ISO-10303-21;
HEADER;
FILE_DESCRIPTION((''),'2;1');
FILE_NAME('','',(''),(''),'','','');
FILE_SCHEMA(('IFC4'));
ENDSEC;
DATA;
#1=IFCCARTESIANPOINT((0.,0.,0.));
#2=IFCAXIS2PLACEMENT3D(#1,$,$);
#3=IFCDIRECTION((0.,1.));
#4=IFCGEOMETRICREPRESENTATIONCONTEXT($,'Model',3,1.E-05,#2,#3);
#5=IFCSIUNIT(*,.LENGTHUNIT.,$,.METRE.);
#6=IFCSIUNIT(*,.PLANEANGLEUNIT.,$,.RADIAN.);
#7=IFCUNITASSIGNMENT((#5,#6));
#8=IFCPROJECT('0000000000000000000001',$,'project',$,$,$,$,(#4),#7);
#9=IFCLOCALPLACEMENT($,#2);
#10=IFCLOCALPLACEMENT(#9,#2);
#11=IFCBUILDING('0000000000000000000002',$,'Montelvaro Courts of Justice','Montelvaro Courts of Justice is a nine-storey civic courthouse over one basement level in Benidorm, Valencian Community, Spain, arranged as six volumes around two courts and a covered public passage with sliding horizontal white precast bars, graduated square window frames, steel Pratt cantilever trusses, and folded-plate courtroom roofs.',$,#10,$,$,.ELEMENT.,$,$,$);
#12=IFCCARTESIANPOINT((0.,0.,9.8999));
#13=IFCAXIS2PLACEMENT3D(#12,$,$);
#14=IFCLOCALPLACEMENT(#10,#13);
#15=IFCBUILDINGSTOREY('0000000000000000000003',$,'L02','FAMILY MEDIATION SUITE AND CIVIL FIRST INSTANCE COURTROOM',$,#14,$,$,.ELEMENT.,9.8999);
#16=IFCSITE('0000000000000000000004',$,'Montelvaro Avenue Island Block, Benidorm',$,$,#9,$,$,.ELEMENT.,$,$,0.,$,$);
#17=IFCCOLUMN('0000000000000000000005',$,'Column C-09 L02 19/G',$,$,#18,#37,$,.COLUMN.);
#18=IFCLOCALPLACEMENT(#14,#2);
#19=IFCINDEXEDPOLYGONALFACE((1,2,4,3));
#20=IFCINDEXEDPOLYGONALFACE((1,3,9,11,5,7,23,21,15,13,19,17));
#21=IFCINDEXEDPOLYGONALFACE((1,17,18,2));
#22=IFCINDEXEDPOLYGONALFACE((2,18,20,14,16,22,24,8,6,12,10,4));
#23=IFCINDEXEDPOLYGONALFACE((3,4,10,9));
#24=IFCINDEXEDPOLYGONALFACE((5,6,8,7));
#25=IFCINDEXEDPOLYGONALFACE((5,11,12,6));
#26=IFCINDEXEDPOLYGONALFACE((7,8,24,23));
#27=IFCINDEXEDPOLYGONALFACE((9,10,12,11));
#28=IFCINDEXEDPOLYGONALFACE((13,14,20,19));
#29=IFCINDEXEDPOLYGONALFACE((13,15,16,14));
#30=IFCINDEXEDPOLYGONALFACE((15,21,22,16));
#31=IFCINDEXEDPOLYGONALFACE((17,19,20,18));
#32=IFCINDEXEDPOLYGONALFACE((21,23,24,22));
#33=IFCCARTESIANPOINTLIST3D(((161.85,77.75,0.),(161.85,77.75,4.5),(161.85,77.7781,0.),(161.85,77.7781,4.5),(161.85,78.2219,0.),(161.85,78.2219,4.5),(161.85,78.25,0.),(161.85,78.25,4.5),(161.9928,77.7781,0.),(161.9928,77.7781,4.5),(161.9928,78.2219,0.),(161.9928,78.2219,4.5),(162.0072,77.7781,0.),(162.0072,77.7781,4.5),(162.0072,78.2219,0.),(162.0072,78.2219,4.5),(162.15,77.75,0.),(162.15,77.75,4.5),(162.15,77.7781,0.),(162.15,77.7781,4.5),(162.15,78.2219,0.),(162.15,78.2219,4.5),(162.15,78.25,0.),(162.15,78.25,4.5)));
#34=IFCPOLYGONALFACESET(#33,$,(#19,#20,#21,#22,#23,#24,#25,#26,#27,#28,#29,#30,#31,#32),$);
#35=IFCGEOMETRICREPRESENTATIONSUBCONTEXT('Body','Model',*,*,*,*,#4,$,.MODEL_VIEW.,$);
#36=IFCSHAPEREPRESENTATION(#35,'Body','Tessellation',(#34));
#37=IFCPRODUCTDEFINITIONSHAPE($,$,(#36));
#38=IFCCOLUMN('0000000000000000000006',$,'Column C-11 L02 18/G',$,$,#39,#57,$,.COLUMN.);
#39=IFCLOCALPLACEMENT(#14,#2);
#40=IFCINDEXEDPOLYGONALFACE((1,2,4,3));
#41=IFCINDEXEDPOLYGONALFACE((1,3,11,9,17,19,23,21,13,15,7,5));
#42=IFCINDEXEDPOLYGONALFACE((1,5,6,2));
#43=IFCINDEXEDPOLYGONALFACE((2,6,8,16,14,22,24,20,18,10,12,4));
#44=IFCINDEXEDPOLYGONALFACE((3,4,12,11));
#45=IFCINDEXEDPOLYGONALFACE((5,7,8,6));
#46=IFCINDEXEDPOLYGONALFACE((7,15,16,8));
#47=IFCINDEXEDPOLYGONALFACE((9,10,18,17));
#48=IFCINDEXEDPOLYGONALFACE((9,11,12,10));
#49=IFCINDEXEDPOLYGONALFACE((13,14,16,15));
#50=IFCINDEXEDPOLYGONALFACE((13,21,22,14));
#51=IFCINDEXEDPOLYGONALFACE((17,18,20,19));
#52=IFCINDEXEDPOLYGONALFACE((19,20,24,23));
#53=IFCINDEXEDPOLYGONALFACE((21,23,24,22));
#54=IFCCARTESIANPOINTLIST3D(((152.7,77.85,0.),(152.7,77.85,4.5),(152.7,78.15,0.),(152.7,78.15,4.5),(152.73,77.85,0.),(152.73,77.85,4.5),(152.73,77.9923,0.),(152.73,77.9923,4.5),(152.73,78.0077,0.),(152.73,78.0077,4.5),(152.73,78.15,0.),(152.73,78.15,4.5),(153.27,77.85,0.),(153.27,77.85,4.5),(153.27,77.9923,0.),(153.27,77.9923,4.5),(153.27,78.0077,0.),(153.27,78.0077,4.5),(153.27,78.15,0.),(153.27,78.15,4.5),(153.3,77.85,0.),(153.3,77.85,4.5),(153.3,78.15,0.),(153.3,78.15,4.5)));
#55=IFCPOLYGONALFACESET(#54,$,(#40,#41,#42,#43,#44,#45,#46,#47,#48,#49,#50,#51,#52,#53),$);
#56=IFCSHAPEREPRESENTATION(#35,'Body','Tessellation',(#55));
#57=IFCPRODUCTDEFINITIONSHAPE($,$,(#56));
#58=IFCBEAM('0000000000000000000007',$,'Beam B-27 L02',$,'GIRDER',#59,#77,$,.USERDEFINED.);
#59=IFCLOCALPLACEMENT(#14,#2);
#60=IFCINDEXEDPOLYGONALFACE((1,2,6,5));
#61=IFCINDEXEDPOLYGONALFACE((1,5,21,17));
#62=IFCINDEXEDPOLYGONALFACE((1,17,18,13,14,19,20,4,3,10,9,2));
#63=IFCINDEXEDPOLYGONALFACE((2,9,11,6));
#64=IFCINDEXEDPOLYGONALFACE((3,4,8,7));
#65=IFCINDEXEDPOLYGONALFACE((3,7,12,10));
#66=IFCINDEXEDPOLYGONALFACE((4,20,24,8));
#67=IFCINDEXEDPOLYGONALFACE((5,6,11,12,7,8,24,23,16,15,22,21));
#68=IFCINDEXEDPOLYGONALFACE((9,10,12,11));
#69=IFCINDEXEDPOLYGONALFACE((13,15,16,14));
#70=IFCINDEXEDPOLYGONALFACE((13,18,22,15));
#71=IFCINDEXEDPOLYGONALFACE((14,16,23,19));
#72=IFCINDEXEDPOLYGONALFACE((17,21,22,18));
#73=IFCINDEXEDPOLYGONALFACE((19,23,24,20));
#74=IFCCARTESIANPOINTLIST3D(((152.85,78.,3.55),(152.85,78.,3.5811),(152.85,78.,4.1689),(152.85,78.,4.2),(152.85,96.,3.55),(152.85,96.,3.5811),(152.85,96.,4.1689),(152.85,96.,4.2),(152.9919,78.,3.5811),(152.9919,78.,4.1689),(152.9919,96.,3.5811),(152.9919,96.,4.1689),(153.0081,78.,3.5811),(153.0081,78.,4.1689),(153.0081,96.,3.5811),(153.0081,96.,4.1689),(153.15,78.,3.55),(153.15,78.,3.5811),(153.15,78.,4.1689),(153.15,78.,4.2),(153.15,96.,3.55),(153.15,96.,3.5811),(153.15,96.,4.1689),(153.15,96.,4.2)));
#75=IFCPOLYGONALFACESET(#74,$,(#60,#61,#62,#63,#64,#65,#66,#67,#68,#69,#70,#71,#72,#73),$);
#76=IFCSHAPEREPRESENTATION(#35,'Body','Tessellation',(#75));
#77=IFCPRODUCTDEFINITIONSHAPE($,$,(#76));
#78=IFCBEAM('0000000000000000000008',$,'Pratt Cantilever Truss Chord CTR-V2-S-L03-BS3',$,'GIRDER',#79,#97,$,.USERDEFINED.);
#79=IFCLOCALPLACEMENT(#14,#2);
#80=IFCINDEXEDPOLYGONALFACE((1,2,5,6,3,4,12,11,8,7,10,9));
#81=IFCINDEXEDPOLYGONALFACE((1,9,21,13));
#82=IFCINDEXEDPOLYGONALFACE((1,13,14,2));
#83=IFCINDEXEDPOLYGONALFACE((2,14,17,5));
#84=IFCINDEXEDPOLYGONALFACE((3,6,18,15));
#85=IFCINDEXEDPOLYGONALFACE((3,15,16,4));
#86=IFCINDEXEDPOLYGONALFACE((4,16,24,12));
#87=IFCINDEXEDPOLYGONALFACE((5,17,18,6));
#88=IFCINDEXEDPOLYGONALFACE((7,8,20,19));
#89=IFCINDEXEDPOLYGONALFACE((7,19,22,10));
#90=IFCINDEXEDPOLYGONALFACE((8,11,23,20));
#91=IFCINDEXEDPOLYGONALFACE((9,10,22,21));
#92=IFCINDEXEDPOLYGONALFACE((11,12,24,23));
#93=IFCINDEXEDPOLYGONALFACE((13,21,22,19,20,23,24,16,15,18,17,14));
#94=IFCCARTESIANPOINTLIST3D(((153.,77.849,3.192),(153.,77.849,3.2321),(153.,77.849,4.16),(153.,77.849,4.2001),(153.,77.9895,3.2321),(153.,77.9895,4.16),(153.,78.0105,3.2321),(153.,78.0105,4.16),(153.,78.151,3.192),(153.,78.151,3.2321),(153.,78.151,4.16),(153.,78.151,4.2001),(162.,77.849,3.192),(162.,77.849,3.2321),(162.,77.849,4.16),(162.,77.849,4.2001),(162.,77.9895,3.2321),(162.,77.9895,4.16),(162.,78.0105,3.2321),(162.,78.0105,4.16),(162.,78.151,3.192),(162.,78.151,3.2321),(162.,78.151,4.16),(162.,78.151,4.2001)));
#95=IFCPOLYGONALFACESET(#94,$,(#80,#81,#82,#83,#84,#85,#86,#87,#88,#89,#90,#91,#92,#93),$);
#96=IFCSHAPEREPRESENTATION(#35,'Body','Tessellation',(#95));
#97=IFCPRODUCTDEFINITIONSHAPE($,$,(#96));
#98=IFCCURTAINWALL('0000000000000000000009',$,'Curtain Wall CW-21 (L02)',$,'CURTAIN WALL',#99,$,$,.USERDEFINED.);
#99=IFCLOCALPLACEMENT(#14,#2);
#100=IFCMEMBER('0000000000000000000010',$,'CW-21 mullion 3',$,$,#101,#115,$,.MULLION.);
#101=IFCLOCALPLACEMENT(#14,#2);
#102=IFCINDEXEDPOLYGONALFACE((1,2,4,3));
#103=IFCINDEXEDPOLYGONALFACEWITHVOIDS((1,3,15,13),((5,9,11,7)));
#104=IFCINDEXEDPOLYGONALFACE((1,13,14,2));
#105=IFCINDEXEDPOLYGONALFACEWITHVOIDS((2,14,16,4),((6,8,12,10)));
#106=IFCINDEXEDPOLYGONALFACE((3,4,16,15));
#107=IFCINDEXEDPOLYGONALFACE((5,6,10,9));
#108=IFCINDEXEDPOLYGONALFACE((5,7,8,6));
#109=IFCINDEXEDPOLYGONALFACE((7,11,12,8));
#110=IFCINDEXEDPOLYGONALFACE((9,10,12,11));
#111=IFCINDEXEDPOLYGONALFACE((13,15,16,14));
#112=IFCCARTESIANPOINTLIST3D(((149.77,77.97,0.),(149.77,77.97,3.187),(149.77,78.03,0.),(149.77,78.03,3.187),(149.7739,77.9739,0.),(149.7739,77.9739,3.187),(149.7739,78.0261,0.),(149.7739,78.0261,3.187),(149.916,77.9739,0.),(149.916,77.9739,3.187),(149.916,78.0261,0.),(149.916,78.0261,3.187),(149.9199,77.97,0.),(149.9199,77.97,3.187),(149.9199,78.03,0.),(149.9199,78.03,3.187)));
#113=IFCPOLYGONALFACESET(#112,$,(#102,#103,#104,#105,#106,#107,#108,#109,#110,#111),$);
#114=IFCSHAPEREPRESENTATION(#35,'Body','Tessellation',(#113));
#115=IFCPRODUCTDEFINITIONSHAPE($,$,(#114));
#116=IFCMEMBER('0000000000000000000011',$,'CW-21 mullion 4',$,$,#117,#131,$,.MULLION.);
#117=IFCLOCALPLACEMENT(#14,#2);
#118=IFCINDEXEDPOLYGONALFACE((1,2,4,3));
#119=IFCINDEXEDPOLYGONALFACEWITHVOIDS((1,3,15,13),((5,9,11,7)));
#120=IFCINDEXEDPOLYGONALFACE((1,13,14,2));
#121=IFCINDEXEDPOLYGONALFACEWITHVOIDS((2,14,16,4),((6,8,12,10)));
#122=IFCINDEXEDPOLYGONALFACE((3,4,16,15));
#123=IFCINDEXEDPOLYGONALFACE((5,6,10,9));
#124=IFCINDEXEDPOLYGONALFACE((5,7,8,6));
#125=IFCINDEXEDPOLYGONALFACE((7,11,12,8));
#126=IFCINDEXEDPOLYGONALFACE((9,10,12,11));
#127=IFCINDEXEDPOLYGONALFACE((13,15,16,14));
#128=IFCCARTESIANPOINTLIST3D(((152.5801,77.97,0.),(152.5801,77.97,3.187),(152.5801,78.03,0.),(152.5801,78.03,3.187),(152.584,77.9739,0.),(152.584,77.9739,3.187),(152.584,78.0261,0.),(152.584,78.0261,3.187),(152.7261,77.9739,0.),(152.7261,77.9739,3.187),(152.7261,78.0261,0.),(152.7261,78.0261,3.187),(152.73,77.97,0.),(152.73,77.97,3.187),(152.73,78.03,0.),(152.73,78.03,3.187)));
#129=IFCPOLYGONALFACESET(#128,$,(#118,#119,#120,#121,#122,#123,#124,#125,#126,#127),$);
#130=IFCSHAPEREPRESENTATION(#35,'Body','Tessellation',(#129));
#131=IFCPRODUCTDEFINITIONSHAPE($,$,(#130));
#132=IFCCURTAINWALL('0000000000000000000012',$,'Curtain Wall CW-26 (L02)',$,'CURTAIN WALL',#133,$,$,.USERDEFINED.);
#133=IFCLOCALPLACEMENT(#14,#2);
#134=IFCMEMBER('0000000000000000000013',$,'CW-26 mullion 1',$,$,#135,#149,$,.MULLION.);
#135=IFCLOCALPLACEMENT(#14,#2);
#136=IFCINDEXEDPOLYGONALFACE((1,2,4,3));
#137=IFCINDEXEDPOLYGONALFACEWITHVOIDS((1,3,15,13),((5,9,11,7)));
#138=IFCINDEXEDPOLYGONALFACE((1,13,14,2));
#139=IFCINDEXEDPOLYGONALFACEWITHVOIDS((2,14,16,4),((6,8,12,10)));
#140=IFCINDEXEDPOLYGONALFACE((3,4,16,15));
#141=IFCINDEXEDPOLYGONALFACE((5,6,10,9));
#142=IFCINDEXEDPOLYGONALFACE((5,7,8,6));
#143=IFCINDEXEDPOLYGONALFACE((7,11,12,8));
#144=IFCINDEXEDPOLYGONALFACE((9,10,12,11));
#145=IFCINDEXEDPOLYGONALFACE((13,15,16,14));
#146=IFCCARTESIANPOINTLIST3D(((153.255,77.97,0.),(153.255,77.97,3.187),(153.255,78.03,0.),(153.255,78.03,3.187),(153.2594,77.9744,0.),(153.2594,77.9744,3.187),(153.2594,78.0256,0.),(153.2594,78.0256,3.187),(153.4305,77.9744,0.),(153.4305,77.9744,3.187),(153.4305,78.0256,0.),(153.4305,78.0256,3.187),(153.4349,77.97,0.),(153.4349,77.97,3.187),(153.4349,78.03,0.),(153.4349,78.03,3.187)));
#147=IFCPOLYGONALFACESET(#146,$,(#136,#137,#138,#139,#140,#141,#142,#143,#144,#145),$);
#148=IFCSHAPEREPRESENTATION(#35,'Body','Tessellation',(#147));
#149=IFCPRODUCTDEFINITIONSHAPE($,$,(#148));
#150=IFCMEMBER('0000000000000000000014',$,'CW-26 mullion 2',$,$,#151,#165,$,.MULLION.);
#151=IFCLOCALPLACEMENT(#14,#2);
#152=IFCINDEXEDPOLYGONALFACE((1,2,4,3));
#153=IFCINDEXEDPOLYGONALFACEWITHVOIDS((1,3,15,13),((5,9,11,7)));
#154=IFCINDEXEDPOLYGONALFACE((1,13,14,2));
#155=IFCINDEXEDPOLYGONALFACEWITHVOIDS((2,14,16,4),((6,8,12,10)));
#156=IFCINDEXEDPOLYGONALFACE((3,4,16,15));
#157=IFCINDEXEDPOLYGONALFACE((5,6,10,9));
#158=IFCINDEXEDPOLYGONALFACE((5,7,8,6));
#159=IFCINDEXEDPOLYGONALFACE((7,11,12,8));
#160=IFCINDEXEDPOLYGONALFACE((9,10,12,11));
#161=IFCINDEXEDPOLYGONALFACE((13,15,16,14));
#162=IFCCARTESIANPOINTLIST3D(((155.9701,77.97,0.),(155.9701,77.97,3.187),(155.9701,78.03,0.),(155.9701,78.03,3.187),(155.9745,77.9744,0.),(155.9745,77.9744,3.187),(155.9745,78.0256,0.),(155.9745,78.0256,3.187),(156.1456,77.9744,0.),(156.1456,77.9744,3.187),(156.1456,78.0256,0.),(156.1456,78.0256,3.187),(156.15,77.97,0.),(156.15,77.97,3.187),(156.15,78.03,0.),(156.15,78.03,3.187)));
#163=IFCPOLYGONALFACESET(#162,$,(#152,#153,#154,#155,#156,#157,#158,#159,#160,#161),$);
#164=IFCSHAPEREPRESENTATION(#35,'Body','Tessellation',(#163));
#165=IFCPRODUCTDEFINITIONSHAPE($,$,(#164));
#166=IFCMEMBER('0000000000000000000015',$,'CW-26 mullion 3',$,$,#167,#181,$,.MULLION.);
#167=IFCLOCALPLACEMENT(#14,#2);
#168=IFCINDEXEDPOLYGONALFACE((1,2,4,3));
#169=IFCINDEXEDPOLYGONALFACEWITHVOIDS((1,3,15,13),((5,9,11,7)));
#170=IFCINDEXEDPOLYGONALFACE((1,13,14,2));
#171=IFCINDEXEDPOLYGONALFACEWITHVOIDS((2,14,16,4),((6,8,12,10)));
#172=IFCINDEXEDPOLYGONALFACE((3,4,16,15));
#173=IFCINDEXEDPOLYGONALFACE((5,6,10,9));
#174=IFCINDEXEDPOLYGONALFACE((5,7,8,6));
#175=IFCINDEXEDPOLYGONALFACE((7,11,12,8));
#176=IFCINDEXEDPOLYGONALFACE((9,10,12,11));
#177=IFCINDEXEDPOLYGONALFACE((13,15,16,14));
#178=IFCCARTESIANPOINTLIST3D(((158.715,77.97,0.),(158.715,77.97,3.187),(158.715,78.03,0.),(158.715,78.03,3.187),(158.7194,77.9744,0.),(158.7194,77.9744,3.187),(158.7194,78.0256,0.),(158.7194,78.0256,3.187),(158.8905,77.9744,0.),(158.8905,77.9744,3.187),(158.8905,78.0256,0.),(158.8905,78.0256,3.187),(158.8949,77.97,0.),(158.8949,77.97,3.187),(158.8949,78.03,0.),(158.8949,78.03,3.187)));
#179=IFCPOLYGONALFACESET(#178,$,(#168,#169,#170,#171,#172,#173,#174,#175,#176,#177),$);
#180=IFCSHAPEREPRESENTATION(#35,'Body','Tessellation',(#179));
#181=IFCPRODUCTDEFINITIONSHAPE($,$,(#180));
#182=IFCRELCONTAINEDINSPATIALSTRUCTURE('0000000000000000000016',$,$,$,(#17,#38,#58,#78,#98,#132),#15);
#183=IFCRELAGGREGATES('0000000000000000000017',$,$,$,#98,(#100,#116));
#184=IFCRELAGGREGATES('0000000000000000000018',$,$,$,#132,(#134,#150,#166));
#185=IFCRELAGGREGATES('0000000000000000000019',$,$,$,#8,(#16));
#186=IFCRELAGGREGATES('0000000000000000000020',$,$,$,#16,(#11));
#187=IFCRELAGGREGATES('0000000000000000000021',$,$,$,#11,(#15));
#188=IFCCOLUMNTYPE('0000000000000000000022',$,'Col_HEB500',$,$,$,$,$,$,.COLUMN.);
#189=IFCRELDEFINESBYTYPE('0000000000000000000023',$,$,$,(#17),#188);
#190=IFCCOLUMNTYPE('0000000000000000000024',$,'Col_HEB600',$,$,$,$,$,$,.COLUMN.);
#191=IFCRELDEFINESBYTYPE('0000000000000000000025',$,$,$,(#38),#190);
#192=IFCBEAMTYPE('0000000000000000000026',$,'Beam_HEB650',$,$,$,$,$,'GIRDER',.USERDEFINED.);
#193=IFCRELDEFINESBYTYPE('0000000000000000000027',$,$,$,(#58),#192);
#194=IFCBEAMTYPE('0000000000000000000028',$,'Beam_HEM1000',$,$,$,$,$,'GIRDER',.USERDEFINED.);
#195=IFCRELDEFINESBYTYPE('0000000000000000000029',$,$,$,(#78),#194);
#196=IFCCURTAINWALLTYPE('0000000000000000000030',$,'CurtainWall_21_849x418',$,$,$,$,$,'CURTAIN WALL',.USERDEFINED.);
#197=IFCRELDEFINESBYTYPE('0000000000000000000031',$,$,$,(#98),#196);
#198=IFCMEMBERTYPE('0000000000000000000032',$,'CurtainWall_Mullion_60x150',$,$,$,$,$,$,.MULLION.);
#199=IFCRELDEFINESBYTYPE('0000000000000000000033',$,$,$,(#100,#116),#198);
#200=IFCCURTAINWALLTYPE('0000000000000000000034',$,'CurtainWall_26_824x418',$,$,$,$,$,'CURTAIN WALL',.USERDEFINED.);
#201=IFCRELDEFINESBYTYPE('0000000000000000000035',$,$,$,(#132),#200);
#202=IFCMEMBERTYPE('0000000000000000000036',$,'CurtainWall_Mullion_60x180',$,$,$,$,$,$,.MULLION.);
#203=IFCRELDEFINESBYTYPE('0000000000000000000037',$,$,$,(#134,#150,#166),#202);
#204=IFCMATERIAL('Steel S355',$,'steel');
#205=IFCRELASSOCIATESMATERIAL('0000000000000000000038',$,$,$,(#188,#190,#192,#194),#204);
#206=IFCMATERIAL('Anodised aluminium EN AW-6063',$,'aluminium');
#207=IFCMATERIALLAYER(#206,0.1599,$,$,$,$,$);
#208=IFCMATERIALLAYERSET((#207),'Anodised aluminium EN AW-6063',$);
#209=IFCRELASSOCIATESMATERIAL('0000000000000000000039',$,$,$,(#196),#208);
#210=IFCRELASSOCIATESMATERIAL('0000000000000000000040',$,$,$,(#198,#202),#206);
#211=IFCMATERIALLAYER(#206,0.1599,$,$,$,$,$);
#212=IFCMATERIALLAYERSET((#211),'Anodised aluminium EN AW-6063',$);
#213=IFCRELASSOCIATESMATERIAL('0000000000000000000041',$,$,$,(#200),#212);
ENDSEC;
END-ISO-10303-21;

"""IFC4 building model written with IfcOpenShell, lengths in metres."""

from ifc_helpers import new_model, si_unit, direction, frame, origin, origin_2d, place, context, subcontext, project, spatial, hollow_rectangle, i_section, extrude, material, layer, layer_set, material_profile, profile_set, type_object, element, aggregate, save


model = new_model("IFC4")

# Units and contexts
model_context = context("Model", 3, precision=1e-05, world=origin(), true_north=direction((0.0, 1.0)))
body_context = subcontext(model_context, "Body", "Model", "MODEL_VIEW")
ifc_project = project(units=[si_unit("LENGTHUNIT", "METRE"), si_unit("PLANEANGLEUNIT", "RADIAN")], contexts=[model_context])

# Site, building, storey
site_placement = place(None, origin())
site = spatial("IfcSite", under=ifc_project, at=site_placement, Name="Montelvaro Avenue Island Block, Benidorm", CompositionType="ELEMENT", RefElevation=0.0)
building_placement = place(site_placement, origin())
building = spatial("IfcBuilding", under=site, at=building_placement, Name="Montelvaro Courts of Justice", Description="Montelvaro Courts of Justice is a nine-storey civic courthouse over one basement level in Benidorm, Valencian Community, Spain, arranged as six volumes around two courts and a covered public passage with sliding horizontal white precast bars, graduated square window frames, steel Pratt cantilever trusses, and folded-plate courtroom roofs.", CompositionType="ELEMENT")
storey_placement = place(building_placement, frame((0.0, 0.0, 9.8999)))
storey = spatial("IfcBuildingStorey", under=building, at=storey_placement, Name="L02", Description="FAMILY MEDIATION SUITE AND CIVIL FIRST INSTANCE COURTROOM", CompositionType="ELEMENT", Elevation=9.8999)

# Columns
ifc_material_1 = material(Name="Steel S355", Category="steel")
ifc_material_profile_1 = material_profile(ifc_material_1, i_section(OverallWidth=0.3, OverallDepth=0.5, WebThickness=0.0144, FlangeThickness=0.0281, at=origin_2d()), Name="HEB 500")
ifc_profile_set_1 = profile_set([ifc_material_profile_1], Name="Steel S355")
column_type_1 = type_object("IfcColumnType", Name="Col_HEB500", PredefinedType="COLUMN", material=ifc_profile_set_1)
column_1_placement = place(storey_placement, frame((162.0, 78.0, 0.0), z_axis=(0.0, 0.0, 1.0), x_axis=(1.0, 0.0, 0.0)))
element("IfcColumn", 1, at=column_1_placement, inside=storey, type_object=column_type_1, Name="Column C-09 L02 19/G", PredefinedType="COLUMN", context=body_context, shape_type="SweptSolid", body=[
    extrude(i_section(OverallWidth=0.3, OverallDepth=0.5, WebThickness=0.0144, FlangeThickness=0.0281, at=origin_2d()), origin(), (0.0, 0.0, 1.0), 4.5),
])
ifc_material_profile_2 = material_profile(ifc_material_1, i_section(OverallWidth=0.3, OverallDepth=0.6001, WebThickness=0.0154, FlangeThickness=0.03, at=origin_2d()), Name="HEB 600")
ifc_profile_set_2 = profile_set([ifc_material_profile_2], Name="Steel S355")
column_type_2 = type_object("IfcColumnType", Name="Col_HEB600", PredefinedType="COLUMN", material=ifc_profile_set_2)
column_2_placement = place(storey_placement, frame((153.0, 78.0, 0.0), z_axis=(0.0, 0.0, 1.0), x_axis=(0.0, 1.0, 0.0)))
element("IfcColumn", 2, at=column_2_placement, inside=storey, type_object=column_type_2, Name="Column C-11 L02 18/G", PredefinedType="COLUMN", context=body_context, shape_type="SweptSolid", body=[
    extrude(i_section(OverallWidth=0.3, OverallDepth=0.6001, WebThickness=0.0154, FlangeThickness=0.03, at=origin_2d()), origin(), (0.0, 0.0, 1.0), 4.5),
])

# Beams
ifc_material_profile_3 = material_profile(ifc_material_1, i_section(OverallWidth=0.3, OverallDepth=0.6499, WebThickness=0.0161, FlangeThickness=0.031, at=origin_2d()), Name="HEB 650")
ifc_profile_set_3 = profile_set([ifc_material_profile_3], Name="Steel S355")
beam_type_1 = type_object("IfcBeamType", Name="Beam_HEB650", ElementType="GIRDER", PredefinedType="USERDEFINED", material=ifc_profile_set_3)
beam_1_placement = place(storey_placement, frame((153.0, 78.0, 3.875), z_axis=(0.0, 1.0, 0.0), x_axis=(-1.0, 0.0, 0.0)))
element("IfcBeam", 3, at=beam_1_placement, inside=storey, type_object=beam_type_1, Name="Beam B-27 L02", ObjectType="GIRDER", PredefinedType="USERDEFINED", context=body_context, shape_type="SweptSolid", body=[
    extrude(i_section(OverallWidth=0.3, OverallDepth=0.6499, WebThickness=0.0161, FlangeThickness=0.031, at=origin_2d()), origin(), (0.0, 0.0, 1.0), 18.0),
])
ifc_material_profile_4 = material_profile(ifc_material_1, i_section(OverallWidth=0.302, OverallDepth=1.0081, WebThickness=0.021, FlangeThickness=0.04, at=origin_2d()), Name="HEM 1000")
ifc_profile_set_4 = profile_set([ifc_material_profile_4], Name="Steel S355")
beam_type_2 = type_object("IfcBeamType", Name="Beam_HEM1000", ElementType="GIRDER", PredefinedType="USERDEFINED", material=ifc_profile_set_4)
beam_2_placement = place(storey_placement, frame((153.0, 78.0, 3.696), z_axis=(1.0, 0.0, 0.0), x_axis=(0.0, 1.0, 0.0)))
element("IfcBeam", 4, at=beam_2_placement, inside=storey, type_object=beam_type_2, Name="Pratt Cantilever Truss Chord CTR-V2-S-L03-BS3", ObjectType="GIRDER", PredefinedType="USERDEFINED", context=body_context, shape_type="SweptSolid", body=[
    extrude(i_section(OverallWidth=0.302, OverallDepth=1.0081, WebThickness=0.021, FlangeThickness=0.04, at=origin_2d()), origin(), (0.0, 0.0, 1.0), 9.0),
])

# Curtain walls, members
ifc_material_2 = material(Name="Anodised aluminium EN AW-6063", Category="aluminium")
ifc_layer_1 = layer(ifc_material_2, 0.1599)
ifc_layer_set_1 = layer_set([ifc_layer_1], Name="Anodised aluminium EN AW-6063")
curtain_wall_type_1 = type_object("IfcCurtainWallType", Name="CurtainWall_21_849x418", ElementType="CURTAIN WALL", PredefinedType="USERDEFINED", material=ifc_layer_set_1)
curtain_wall_1_placement = place(storey_placement, origin())
curtain_wall_1 = element("IfcCurtainWall", 5, at=curtain_wall_1_placement, inside=storey, type_object=curtain_wall_type_1, Name="Curtain Wall CW-21 (L02)", ObjectType="CURTAIN WALL", PredefinedType="USERDEFINED")
ifc_material_profile_5 = material_profile(ifc_material_2, hollow_rectangle(XDim=0.0601, YDim=0.1499, WallThickness=0.0039, at=origin_2d()), Name="ALU-M 60x150")
ifc_profile_set_5 = profile_set([ifc_material_profile_5], Name="Anodised aluminium EN AW-6063")
member_type_1 = type_object("IfcMemberType", Name="CurtainWall_Mullion_60x150", PredefinedType="MULLION", material=ifc_profile_set_5)
member_1_placement = place(storey_placement, frame((149.845, 78.0, 0.0), z_axis=(0.0, 0.0, 1.0), x_axis=(0.0, 1.0, 0.0)))
member_1 = element("IfcMember", 6, at=member_1_placement, type_object=member_type_1, Name="CW-21 mullion 3", PredefinedType="MULLION", context=body_context, shape_type="SweptSolid", body=[
    extrude(hollow_rectangle(XDim=0.0601, YDim=0.1499, WallThickness=0.0039, at=origin_2d()), origin(), (0.0, 0.0, 1.0), 3.187),
])
member_2_placement = place(storey_placement, frame((152.655, 78.0, 0.0), z_axis=(0.0, 0.0, 1.0), x_axis=(0.0, 1.0, 0.0)))
member_2 = element("IfcMember", 7, at=member_2_placement, type_object=member_type_1, Name="CW-21 mullion 4", PredefinedType="MULLION", context=body_context, shape_type="SweptSolid", body=[
    extrude(hollow_rectangle(XDim=0.0601, YDim=0.1499, WallThickness=0.0039, at=origin_2d()), origin(), (0.0, 0.0, 1.0), 3.187),
])
ifc_layer_2 = layer(ifc_material_2, 0.1599)
ifc_layer_set_2 = layer_set([ifc_layer_2], Name="Anodised aluminium EN AW-6063")
curtain_wall_type_2 = type_object("IfcCurtainWallType", Name="CurtainWall_26_824x418", ElementType="CURTAIN WALL", PredefinedType="USERDEFINED", material=ifc_layer_set_2)
curtain_wall_2_placement = place(storey_placement, origin())
curtain_wall_2 = element("IfcCurtainWall", 8, at=curtain_wall_2_placement, inside=storey, type_object=curtain_wall_type_2, Name="Curtain Wall CW-26 (L02)", ObjectType="CURTAIN WALL", PredefinedType="USERDEFINED")
ifc_material_profile_6 = material_profile(ifc_material_2, hollow_rectangle(XDim=0.0601, YDim=0.1799, WallThickness=0.0044, at=origin_2d()), Name="ALU-M 60x180")
ifc_profile_set_6 = profile_set([ifc_material_profile_6], Name="Anodised aluminium EN AW-6063")
member_type_2 = type_object("IfcMemberType", Name="CurtainWall_Mullion_60x180", PredefinedType="MULLION", material=ifc_profile_set_6)
member_3_placement = place(storey_placement, frame((153.345, 78.0, 0.0), z_axis=(0.0, 0.0, 1.0), x_axis=(0.0, 1.0, 0.0)))
member_3 = element("IfcMember", 9, at=member_3_placement, type_object=member_type_2, Name="CW-26 mullion 1", PredefinedType="MULLION", context=body_context, shape_type="SweptSolid", body=[
    extrude(hollow_rectangle(XDim=0.0601, YDim=0.1799, WallThickness=0.0044, at=origin_2d()), origin(), (0.0, 0.0, 1.0), 3.187),
])
member_4_placement = place(storey_placement, frame((156.0601, 78.0, 0.0), z_axis=(0.0, 0.0, 1.0), x_axis=(0.0, 1.0, 0.0)))
member_4 = element("IfcMember", 10, at=member_4_placement, type_object=member_type_2, Name="CW-26 mullion 2", PredefinedType="MULLION", context=body_context, shape_type="SweptSolid", body=[
    extrude(hollow_rectangle(XDim=0.0601, YDim=0.1799, WallThickness=0.0044, at=origin_2d()), origin(), (0.0, 0.0, 1.0), 3.187),
])
member_5_placement = place(storey_placement, frame((158.8049, 78.0, 0.0), z_axis=(0.0, 0.0, 1.0), x_axis=(0.0, 1.0, 0.0)))
member_5 = element("IfcMember", 11, at=member_5_placement, type_object=member_type_2, Name="CW-26 mullion 3", PredefinedType="MULLION", context=body_context, shape_type="SweptSolid", body=[
    extrude(hollow_rectangle(XDim=0.0601, YDim=0.1799, WallThickness=0.0044, at=origin_2d()), origin(), (0.0, 0.0, 1.0), 3.187),
])

aggregate(curtain_wall_1, [member_1, member_2])
aggregate(curtain_wall_2, [member_3, member_4, member_5])

save(model, "model.ifc")
